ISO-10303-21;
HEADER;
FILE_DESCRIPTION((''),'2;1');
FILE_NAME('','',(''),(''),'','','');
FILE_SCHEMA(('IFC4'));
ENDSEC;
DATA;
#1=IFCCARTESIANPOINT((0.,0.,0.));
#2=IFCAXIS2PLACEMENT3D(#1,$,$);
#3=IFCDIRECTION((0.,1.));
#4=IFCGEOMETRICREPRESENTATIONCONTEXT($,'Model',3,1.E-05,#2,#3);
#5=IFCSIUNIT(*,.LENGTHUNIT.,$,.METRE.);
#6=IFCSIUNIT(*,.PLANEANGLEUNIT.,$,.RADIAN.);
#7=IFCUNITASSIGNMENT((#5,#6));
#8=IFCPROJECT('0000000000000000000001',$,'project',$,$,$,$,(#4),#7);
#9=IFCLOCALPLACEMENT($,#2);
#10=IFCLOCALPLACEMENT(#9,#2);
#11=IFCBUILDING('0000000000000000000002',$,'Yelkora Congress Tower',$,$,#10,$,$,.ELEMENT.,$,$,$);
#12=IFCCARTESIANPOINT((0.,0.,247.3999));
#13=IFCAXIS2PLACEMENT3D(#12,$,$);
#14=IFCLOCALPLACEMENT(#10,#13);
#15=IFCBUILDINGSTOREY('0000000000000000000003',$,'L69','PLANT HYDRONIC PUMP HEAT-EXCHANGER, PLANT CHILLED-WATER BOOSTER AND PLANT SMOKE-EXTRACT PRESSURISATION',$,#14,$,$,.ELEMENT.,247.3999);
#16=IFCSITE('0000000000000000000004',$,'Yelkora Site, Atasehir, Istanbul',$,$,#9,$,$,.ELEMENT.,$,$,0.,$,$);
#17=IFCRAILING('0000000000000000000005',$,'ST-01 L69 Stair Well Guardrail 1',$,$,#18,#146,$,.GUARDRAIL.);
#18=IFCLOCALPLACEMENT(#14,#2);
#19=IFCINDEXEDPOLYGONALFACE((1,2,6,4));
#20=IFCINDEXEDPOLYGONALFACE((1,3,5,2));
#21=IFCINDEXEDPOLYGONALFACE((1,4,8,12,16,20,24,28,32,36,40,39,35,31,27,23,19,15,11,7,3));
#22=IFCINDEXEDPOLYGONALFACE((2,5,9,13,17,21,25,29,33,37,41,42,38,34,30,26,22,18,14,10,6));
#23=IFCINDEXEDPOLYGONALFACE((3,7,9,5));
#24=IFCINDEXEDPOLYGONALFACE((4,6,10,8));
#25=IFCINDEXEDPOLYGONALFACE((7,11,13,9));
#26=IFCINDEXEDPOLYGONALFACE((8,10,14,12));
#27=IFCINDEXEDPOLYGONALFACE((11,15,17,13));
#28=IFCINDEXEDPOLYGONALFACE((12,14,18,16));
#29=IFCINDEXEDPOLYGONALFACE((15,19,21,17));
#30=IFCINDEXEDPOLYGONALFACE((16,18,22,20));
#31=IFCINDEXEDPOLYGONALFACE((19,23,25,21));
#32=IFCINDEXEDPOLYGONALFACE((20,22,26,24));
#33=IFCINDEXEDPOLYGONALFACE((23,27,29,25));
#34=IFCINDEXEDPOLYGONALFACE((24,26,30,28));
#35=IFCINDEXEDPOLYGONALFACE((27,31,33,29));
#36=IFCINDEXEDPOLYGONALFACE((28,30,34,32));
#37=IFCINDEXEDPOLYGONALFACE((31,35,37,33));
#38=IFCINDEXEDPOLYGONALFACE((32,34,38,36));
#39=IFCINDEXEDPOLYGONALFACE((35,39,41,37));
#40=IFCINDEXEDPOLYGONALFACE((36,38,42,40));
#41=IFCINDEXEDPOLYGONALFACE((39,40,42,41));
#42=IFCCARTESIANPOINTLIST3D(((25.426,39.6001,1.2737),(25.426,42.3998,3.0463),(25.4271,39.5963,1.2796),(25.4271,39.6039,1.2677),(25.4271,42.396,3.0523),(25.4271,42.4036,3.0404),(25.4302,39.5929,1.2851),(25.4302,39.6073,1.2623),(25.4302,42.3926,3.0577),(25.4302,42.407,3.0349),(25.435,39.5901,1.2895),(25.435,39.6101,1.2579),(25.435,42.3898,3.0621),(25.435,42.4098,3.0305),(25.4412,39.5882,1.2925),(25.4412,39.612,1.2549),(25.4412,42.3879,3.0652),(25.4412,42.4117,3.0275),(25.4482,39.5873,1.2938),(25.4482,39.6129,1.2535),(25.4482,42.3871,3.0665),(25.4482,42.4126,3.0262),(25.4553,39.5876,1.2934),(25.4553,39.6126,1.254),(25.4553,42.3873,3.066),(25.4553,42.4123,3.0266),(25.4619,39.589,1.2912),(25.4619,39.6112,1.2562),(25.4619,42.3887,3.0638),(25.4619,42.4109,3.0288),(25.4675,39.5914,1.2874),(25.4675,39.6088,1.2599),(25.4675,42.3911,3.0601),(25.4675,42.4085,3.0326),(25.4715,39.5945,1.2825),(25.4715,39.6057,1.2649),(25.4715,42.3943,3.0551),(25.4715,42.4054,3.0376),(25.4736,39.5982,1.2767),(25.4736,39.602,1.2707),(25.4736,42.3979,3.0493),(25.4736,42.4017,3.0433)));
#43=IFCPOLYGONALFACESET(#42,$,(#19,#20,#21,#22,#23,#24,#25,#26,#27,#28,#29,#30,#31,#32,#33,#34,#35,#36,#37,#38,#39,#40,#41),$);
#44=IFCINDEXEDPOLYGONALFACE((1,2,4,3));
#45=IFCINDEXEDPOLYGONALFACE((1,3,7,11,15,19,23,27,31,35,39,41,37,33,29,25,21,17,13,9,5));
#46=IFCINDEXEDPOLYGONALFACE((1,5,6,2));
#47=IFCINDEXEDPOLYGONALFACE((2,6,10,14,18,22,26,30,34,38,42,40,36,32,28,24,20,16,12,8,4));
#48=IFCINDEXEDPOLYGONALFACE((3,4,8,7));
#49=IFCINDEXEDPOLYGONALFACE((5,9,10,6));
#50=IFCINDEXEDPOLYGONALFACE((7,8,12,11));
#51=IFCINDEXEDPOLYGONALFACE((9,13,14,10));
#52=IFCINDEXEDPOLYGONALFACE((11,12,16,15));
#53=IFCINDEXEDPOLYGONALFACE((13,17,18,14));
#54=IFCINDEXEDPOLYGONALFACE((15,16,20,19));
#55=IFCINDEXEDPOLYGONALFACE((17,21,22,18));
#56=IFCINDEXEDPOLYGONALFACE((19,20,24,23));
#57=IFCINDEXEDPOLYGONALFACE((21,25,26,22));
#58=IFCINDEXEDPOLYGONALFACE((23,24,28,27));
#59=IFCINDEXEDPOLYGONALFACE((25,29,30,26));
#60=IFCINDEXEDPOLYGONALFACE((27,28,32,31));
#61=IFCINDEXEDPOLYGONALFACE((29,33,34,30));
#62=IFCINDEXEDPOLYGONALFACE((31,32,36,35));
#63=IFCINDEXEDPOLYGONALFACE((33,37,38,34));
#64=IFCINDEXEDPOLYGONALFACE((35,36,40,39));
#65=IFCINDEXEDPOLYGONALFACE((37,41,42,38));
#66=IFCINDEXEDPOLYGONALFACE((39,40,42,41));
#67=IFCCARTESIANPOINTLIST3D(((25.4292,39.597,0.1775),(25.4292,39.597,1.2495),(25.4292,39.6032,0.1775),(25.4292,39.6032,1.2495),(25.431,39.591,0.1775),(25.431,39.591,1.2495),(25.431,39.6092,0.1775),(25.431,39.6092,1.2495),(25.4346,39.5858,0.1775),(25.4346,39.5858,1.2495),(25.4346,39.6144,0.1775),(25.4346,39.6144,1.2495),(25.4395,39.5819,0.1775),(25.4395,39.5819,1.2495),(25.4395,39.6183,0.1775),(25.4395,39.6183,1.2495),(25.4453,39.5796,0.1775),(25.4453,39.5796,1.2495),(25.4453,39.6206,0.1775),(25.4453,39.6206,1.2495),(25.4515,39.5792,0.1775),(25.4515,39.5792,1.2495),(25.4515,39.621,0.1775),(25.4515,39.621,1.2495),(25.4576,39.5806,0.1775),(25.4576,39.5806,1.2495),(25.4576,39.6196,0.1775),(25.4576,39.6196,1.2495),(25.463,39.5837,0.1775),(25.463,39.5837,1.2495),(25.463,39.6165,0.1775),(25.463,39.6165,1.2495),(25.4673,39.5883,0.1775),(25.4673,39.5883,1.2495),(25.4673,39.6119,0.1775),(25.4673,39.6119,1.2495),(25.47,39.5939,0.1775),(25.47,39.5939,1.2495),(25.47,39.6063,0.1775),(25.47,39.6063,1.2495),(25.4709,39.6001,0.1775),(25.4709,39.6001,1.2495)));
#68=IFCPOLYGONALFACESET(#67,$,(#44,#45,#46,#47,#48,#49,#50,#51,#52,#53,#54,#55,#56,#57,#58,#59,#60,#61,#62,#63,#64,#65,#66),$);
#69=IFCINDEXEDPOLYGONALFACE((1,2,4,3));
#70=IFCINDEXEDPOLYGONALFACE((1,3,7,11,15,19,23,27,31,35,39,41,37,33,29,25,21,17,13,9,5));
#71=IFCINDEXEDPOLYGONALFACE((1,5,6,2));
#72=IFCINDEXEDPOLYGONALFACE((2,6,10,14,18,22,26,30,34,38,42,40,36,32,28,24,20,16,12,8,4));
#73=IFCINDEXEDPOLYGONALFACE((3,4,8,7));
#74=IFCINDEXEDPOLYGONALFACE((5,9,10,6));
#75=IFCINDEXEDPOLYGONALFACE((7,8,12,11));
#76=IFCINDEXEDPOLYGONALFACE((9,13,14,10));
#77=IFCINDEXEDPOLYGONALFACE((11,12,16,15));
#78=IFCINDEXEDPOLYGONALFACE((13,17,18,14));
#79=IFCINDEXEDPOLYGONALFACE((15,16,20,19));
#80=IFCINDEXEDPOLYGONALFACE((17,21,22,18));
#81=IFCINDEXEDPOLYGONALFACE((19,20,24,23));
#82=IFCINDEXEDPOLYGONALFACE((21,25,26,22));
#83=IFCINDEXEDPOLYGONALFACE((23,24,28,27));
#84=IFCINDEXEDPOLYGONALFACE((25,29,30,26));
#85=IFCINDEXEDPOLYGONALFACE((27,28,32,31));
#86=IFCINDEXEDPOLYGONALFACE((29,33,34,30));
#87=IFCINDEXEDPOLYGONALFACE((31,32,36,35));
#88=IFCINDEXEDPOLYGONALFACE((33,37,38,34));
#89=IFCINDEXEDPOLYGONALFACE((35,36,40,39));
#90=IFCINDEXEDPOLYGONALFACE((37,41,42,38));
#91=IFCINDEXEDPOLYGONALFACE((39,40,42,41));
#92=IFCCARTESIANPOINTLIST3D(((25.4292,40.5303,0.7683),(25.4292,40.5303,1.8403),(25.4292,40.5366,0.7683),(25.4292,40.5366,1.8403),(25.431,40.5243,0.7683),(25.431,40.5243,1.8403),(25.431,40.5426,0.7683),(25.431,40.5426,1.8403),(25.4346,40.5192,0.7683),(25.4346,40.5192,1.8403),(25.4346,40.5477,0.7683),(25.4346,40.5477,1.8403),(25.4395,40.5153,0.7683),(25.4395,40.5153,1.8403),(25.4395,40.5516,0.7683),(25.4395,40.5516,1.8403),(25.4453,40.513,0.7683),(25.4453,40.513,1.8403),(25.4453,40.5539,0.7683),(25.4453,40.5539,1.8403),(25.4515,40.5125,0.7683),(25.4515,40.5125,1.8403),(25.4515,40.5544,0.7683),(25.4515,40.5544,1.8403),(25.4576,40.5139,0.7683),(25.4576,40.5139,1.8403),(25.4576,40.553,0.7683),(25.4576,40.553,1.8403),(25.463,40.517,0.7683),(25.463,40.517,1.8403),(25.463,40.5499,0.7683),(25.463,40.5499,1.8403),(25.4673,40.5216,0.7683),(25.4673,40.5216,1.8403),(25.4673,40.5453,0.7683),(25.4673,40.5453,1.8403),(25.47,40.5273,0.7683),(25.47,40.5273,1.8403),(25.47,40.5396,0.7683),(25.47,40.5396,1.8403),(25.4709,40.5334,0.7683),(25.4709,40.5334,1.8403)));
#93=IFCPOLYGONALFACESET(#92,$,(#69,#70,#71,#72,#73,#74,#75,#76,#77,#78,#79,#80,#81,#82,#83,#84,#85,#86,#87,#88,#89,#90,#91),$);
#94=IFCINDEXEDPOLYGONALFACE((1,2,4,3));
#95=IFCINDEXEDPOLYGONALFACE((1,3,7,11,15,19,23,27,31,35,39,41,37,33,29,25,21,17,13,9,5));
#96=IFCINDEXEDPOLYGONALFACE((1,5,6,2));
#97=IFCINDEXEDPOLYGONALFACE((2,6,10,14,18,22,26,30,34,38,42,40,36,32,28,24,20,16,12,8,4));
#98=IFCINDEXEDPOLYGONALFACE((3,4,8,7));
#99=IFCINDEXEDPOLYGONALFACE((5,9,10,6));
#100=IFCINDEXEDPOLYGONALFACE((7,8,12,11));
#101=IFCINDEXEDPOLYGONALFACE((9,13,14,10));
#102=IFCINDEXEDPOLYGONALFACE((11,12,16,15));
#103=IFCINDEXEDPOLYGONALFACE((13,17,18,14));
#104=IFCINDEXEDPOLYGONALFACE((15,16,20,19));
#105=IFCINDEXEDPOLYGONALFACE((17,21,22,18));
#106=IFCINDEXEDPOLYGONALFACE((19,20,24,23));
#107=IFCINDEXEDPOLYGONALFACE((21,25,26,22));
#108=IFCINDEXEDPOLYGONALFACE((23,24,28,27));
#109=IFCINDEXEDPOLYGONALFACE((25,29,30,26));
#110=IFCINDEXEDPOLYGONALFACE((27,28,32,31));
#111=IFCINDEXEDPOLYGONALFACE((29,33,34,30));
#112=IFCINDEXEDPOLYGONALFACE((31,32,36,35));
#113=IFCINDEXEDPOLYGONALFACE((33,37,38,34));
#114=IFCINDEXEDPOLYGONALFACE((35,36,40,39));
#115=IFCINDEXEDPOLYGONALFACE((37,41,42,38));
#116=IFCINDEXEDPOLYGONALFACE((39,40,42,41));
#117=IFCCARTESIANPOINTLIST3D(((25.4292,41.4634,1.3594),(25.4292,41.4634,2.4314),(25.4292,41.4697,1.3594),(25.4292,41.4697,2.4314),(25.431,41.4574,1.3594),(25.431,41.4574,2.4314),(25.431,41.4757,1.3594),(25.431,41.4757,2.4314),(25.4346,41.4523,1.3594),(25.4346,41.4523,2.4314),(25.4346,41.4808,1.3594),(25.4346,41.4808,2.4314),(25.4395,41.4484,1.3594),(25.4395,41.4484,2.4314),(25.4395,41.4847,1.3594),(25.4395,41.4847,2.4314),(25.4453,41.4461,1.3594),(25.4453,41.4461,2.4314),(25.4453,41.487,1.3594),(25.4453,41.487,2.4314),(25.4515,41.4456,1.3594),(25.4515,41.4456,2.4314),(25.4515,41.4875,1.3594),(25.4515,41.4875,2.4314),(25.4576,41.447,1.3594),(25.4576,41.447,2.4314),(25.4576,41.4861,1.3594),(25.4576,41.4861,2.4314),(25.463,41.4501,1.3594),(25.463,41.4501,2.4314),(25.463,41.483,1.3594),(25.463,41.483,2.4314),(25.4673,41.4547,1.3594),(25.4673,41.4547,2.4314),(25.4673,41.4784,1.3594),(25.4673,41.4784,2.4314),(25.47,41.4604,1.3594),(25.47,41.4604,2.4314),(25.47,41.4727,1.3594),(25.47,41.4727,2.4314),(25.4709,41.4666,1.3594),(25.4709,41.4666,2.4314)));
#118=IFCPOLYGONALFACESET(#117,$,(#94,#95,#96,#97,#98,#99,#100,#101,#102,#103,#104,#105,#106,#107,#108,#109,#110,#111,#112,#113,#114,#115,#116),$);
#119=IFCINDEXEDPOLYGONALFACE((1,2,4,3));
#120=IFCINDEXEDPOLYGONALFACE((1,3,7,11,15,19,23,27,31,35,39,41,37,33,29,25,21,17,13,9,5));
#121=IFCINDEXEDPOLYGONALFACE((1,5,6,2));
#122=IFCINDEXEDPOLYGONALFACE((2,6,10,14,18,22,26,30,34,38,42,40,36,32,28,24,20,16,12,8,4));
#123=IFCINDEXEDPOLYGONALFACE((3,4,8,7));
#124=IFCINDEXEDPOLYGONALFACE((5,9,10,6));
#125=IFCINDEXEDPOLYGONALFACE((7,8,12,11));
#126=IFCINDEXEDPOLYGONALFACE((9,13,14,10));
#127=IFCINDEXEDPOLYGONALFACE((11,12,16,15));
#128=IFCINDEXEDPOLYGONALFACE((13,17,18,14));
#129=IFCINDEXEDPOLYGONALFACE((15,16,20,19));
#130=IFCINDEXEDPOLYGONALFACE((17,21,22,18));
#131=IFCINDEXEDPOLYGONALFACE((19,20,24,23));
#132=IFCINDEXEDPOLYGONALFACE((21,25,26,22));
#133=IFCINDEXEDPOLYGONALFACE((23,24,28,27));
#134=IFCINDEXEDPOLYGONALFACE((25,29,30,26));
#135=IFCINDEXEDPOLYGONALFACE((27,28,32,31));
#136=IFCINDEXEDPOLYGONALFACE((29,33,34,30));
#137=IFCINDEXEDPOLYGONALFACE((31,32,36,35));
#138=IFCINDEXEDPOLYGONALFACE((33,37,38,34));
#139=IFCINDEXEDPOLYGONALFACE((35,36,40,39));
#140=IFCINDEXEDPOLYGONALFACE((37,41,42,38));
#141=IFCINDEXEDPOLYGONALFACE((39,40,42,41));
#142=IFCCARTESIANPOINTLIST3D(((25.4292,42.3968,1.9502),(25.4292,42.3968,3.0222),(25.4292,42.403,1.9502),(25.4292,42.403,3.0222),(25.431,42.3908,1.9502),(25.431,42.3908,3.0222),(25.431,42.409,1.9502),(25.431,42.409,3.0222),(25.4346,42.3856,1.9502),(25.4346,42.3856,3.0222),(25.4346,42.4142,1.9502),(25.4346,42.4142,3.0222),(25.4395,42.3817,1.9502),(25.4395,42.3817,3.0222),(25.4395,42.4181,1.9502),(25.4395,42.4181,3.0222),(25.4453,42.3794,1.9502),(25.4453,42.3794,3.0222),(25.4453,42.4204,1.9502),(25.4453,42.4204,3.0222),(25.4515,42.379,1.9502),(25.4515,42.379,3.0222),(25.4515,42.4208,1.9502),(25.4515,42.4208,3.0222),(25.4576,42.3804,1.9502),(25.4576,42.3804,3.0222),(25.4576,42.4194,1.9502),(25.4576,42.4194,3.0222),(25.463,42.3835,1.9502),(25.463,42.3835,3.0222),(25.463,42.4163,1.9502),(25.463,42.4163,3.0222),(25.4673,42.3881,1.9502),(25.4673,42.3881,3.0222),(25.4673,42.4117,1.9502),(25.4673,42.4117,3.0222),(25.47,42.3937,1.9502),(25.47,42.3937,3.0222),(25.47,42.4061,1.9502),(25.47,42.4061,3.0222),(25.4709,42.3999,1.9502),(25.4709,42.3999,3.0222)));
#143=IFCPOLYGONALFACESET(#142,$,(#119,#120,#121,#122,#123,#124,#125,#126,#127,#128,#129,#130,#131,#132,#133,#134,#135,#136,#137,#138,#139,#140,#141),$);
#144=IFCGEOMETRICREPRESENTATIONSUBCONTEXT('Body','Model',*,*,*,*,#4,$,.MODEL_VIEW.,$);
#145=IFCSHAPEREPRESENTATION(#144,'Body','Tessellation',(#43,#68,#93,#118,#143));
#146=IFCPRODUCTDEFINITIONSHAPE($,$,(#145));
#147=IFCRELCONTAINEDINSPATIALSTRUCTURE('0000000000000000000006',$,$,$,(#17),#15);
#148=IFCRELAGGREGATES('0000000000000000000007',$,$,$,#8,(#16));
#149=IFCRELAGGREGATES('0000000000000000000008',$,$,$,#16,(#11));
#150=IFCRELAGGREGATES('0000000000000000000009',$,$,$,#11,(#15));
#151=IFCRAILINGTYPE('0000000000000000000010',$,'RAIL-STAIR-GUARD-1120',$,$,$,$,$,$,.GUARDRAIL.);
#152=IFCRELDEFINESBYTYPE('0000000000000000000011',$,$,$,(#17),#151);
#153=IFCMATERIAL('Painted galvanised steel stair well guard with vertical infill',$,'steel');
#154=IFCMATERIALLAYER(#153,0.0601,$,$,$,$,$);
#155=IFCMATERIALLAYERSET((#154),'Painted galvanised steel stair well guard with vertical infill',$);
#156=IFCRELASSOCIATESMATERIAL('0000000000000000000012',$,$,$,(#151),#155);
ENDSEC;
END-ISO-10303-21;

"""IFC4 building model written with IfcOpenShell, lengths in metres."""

from ifc_helpers import new_model, si_unit, direction, frame, origin, origin_2d, place, context, subcontext, project, spatial, circle, extrude, material, layer, layer_set, type_object, element, save


model = new_model("IFC4")

# Units and contexts
model_context = context("Model", 3, precision=1e-05, world=origin(), true_north=direction((0.0, 1.0)))
body_context = subcontext(model_context, "Body", "Model", "MODEL_VIEW")
ifc_project = project(units=[si_unit("LENGTHUNIT", "METRE"), si_unit("PLANEANGLEUNIT", "RADIAN")], contexts=[model_context])

# Site, building, storey
site_placement = place(None, origin())
site = spatial("IfcSite", under=ifc_project, at=site_placement, Name="Yelkora Site, Atasehir, Istanbul", CompositionType="ELEMENT", RefElevation=0.0)
building_placement = place(site_placement, origin())
building = spatial("IfcBuilding", under=site, at=building_placement, Name="Yelkora Congress Tower", CompositionType="ELEMENT")
storey_placement = place(building_placement, frame((0.0, 0.0, 247.3999)))
storey = spatial("IfcBuildingStorey", under=building, at=storey_placement, Name="L69", Description="PLANT HYDRONIC PUMP HEAT-EXCHANGER, PLANT CHILLED-WATER BOOSTER AND PLANT SMOKE-EXTRACT PRESSURISATION", CompositionType="ELEMENT", Elevation=247.3999)

# Railing
ifc_material_1 = material(Name="Painted galvanised steel stair well guard with vertical infill", Category="steel")
ifc_layer_1 = layer(ifc_material_1, 0.0601)
ifc_layer_set_1 = layer_set([ifc_layer_1], Name="Painted galvanised steel stair well guard with vertical infill")
railing_type_1 = type_object("IfcRailingType", Name="RAIL-STAIR-GUARD-1120", PredefinedType="GUARDRAIL", material=ifc_layer_set_1)
railing_1_placement = place(storey_placement, frame((25.45, 39.6001, 0.1775)))
element("IfcRailing", 1, at=railing_1_placement, inside=storey, type_object=railing_type_1, Name="ST-01 L69 Stair Well Guardrail 1", PredefinedType="GUARDRAIL", context=body_context, shape_type="SweptSolid", body=[
    extrude(circle(Radius=0.0239, at=origin_2d()), frame((0.0, 0.0, 1.0962), z_axis=(0.0, 0.844888, 0.534943), x_axis=(-1.0, 0.0, 0.0)), (0.0, 0.0, 1.0), 3.3137),
    extrude(circle(Radius=0.021, at=origin_2d()), origin(), (0.0, 0.0, 1.0), 1.072),
    extrude(circle(Radius=0.021, at=origin_2d()), frame((0.0, 0.9333, 0.5908)), (0.0, 0.0, 1.0), 1.072),
    extrude(circle(Radius=0.021, at=origin_2d()), frame((0.0, 1.8665, 1.1819)), (0.0, 0.0, 1.0), 1.072),
    extrude(circle(Radius=0.021, at=origin_2d()), frame((0.0, 2.7998, 1.7727)), (0.0, 0.0, 1.0), 1.072),
])

save(model, "model.ifc")
